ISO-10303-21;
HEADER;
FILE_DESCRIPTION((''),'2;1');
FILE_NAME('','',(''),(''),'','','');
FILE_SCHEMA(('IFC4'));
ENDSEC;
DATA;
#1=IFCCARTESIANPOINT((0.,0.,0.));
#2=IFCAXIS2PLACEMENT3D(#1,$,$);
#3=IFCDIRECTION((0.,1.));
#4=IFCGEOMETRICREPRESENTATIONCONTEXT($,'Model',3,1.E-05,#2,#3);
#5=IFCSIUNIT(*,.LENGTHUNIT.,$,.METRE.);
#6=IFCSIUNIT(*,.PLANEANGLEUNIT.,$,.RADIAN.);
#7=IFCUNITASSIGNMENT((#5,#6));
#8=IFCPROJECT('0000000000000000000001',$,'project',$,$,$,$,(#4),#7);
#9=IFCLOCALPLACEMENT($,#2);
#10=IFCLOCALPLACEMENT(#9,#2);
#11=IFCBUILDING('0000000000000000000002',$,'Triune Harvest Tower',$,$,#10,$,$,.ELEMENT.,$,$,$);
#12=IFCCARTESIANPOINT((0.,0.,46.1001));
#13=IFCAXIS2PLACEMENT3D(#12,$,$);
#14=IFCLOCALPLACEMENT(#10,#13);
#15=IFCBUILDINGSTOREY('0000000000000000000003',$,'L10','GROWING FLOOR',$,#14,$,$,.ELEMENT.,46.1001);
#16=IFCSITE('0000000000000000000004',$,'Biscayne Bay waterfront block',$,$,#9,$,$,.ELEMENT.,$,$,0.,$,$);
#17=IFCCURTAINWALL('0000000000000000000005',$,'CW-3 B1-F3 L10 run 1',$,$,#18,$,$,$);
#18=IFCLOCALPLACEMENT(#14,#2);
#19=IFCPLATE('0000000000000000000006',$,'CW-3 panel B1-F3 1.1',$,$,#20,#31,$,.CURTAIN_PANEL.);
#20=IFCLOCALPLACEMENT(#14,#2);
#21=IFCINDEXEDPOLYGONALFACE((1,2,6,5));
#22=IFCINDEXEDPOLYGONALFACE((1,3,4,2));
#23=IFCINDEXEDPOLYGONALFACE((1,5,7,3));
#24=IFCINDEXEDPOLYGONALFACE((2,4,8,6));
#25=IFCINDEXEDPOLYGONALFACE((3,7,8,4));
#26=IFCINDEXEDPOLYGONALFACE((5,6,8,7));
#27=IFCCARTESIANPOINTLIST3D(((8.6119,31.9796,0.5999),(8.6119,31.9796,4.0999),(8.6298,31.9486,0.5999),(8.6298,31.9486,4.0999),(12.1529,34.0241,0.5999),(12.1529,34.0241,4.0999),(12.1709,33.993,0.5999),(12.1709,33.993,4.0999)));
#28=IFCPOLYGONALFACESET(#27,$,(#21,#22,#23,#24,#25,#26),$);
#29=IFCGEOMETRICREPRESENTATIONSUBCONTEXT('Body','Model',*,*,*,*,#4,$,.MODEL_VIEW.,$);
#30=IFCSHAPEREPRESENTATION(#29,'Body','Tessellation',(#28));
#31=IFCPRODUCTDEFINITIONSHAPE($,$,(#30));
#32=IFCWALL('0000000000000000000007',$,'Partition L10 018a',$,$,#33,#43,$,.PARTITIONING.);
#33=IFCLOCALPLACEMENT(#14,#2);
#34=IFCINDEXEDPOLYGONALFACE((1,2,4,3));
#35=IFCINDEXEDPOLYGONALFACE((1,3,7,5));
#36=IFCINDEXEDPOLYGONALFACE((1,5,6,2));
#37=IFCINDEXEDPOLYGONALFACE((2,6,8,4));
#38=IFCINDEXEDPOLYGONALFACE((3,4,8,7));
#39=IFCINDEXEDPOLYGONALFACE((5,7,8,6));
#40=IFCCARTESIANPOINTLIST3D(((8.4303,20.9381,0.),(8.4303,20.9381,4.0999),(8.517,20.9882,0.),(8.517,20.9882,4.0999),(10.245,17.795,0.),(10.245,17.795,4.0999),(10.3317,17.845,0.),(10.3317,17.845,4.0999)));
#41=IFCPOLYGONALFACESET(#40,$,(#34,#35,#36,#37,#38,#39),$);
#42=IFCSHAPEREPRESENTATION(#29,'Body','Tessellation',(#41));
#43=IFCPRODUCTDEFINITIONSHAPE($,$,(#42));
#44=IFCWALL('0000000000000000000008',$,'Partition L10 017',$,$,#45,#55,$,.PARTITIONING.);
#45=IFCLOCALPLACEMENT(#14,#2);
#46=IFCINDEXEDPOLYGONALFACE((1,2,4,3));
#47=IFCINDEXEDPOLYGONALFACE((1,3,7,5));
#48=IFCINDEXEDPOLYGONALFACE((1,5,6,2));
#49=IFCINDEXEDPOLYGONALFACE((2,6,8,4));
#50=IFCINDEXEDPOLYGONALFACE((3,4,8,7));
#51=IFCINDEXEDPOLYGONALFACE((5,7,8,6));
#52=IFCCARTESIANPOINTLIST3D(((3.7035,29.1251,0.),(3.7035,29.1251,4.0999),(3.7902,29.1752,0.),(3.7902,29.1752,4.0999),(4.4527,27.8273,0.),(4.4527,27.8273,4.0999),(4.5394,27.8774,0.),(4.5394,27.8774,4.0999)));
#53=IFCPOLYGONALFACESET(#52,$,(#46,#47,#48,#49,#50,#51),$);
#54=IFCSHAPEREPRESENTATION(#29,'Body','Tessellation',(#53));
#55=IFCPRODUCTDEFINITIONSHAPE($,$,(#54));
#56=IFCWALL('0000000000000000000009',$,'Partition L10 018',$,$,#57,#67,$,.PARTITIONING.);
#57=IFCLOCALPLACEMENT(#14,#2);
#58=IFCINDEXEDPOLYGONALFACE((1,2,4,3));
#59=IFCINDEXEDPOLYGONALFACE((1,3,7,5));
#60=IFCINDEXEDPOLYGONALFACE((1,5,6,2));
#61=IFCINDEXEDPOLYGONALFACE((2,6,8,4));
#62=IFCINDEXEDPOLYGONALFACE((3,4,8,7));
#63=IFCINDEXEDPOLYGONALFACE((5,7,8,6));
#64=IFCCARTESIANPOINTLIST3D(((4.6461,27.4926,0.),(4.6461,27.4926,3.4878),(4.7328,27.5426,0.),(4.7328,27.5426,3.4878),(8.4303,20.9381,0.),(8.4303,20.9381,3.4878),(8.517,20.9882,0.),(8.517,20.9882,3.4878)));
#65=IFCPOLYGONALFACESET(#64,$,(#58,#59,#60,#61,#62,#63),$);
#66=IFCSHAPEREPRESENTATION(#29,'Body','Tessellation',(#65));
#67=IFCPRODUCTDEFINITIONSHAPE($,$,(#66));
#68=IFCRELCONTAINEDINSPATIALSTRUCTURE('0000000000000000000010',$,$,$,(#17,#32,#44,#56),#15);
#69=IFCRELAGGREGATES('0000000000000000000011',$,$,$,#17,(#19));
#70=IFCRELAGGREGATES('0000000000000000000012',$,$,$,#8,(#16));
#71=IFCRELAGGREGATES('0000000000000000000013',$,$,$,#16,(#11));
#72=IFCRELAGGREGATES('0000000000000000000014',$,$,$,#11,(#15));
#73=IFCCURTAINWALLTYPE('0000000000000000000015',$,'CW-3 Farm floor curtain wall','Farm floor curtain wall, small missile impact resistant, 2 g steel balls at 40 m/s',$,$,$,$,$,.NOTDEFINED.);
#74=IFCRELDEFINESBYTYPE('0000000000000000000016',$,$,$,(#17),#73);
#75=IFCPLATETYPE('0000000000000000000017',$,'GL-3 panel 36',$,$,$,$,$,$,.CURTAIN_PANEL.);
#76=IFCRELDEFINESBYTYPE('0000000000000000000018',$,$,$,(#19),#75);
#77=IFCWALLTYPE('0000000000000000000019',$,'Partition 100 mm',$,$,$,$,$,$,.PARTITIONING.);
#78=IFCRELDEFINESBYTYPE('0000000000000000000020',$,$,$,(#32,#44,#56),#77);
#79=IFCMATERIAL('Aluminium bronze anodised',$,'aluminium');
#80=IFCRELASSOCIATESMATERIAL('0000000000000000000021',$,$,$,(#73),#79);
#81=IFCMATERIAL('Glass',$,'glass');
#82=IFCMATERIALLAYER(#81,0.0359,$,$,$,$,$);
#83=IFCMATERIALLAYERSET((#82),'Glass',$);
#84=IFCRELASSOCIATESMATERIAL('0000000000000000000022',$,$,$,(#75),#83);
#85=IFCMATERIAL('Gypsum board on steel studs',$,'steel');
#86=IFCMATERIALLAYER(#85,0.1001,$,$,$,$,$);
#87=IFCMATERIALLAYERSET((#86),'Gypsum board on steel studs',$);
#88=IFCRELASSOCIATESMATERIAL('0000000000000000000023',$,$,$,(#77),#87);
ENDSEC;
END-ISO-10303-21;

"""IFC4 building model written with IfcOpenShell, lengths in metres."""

from ifc_helpers import new_model, si_unit, direction, frame, frame_2d, origin, origin_2d, place, context, subcontext, project, spatial, rectangle, extrude, source, transform, mapped, material, layer, layer_set, type_object, element, aggregate, save


model = new_model("IFC4")

# Units and contexts
model_context = context("Model", 3, precision=1e-05, world=origin(), true_north=direction((0.0, 1.0)))
body_context = subcontext(model_context, "Body", "Model", "MODEL_VIEW")
ifc_project = project(units=[si_unit("LENGTHUNIT", "METRE"), si_unit("PLANEANGLEUNIT", "RADIAN")], contexts=[model_context])

# Site, building, storey
site_placement = place(None, origin())
site = spatial("IfcSite", under=ifc_project, at=site_placement, Name="Biscayne Bay waterfront block", CompositionType="ELEMENT", RefElevation=0.0)
building_placement = place(site_placement, origin())
building = spatial("IfcBuilding", under=site, at=building_placement, Name="Triune Harvest Tower", CompositionType="ELEMENT")
storey_placement = place(building_placement, frame((0.0, 0.0, 46.1001)))
storey = spatial("IfcBuildingStorey", under=building, at=storey_placement, Name="L10", Description="GROWING FLOOR", CompositionType="ELEMENT", Elevation=46.1001)

# Curtain wall
ifc_material_1 = material(Name="Aluminium bronze anodised", Category="aluminium")
curtain_wall_type_1 = type_object("IfcCurtainWallType", Name="CW-3 Farm floor curtain wall", Description="Farm floor curtain wall, small missile impact resistant, 2 g steel balls at 40 m/s", PredefinedType="NOTDEFINED", material=ifc_material_1)
curtain_wall_1_placement = place(storey_placement, origin())
curtain_wall_1 = element("IfcCurtainWall", 1, at=curtain_wall_1_placement, inside=storey, type_object=curtain_wall_type_1, Name="CW-3 B1-F3 L10 run 1")

# Plate
ifc_material_2 = material(Name="Glass", Category="glass")
ifc_layer_1 = layer(ifc_material_2, 0.0359)
ifc_layer_set_1 = layer_set([ifc_layer_1], Name="Glass")
plate_type_1 = type_object("IfcPlateType", Name="GL-3 panel 36", PredefinedType="CURTAIN_PANEL", material=ifc_layer_set_1)
shared_shape_1 = source(origin(), body_context, "Body", "SweptSolid", [
    extrude(rectangle(XDim=4.0889, YDim=0.0359, at=origin_2d()), origin(), (0.0, 0.0, 1.0), 3.5),
])
plate_1_placement = place(storey_placement, frame((10.3914, 32.9863, 0.5999), z_axis=(0.0, 0.0, 1.0), x_axis=(-0.866025, -0.500001, 0.0)))
plate_1 = element("IfcPlate", 2, at=plate_1_placement, type_object=plate_type_1, Name="CW-3 panel B1-F3 1.1", PredefinedType="CURTAIN_PANEL", context=body_context, shape_type="MappedRepresentation", body=[
    mapped(shared_shape_1, transform((0.0, 0.0, 0.0), scale=1.0)),
])
aggregate(curtain_wall_1, [plate_1])

# Walls
ifc_material_3 = material(Name="Gypsum board on steel studs", Category="steel")
ifc_layer_2 = layer(ifc_material_3, 0.1001)
ifc_layer_set_2 = layer_set([ifc_layer_2], Name="Gypsum board on steel studs")
wall_type = type_object("IfcWallType", Name="Partition 100 mm", PredefinedType="PARTITIONING", material=ifc_layer_set_2)
wall_1_placement = place(storey_placement, frame((8.4736, 20.9631, 0.0), z_axis=(0.0, 0.0, 1.0), x_axis=(0.50001, -0.86602, 0.0)))
element("IfcWall", 3, at=wall_1_placement, inside=storey, type_object=wall_type, Name="Partition L10 018a", PredefinedType="PARTITIONING", context=body_context, shape_type="SweptSolid", body=[
    extrude(rectangle(XDim=3.6294, YDim=0.1001, at=frame_2d((1.8147, 0.0))), origin(), (0.0, 0.0, 1.0), 4.0999),
])
shared_shape_2 = source(origin(), body_context, "Body", "SweptSolid", [
    extrude(rectangle(XDim=1.4985, YDim=0.1001, at=frame_2d((0.7493, 0.0))), origin(), (0.0, 0.0, 1.0), 4.0999),
])
wall_2_placement = place(storey_placement, frame((3.7468, 29.1501, 0.0), z_axis=(0.0, 0.0, 1.0), x_axis=(0.499976, -0.866039, 0.0)))
element("IfcWall", 4, at=wall_2_placement, inside=storey, type_object=wall_type, Name="Partition L10 017", PredefinedType="PARTITIONING", context=body_context, shape_type="MappedRepresentation", body=[
    mapped(shared_shape_2, transform((0.0, 0.0, 0.0), scale=1.0)),
])
shared_shape_3 = source(origin(), body_context, "Body", "SweptSolid", [
    extrude(rectangle(XDim=7.5684, YDim=0.1001, at=frame_2d((3.7842, 0.0))), origin(), (0.0, 0.0, 1.0), 3.4878),
])
wall_3_placement = place(storey_placement, frame((4.6895, 27.5176, 0.0), z_axis=(0.0, 0.0, 1.0), x_axis=(0.499997, -0.866027, 0.0)))
element("IfcWall", 5, at=wall_3_placement, inside=storey, type_object=wall_type, Name="Partition L10 018", PredefinedType="PARTITIONING", context=body_context, shape_type="MappedRepresentation", body=[
    mapped(shared_shape_3, transform((0.0, 0.0, 0.0), scale=1.0)),
])

save(model, "model.ifc")
